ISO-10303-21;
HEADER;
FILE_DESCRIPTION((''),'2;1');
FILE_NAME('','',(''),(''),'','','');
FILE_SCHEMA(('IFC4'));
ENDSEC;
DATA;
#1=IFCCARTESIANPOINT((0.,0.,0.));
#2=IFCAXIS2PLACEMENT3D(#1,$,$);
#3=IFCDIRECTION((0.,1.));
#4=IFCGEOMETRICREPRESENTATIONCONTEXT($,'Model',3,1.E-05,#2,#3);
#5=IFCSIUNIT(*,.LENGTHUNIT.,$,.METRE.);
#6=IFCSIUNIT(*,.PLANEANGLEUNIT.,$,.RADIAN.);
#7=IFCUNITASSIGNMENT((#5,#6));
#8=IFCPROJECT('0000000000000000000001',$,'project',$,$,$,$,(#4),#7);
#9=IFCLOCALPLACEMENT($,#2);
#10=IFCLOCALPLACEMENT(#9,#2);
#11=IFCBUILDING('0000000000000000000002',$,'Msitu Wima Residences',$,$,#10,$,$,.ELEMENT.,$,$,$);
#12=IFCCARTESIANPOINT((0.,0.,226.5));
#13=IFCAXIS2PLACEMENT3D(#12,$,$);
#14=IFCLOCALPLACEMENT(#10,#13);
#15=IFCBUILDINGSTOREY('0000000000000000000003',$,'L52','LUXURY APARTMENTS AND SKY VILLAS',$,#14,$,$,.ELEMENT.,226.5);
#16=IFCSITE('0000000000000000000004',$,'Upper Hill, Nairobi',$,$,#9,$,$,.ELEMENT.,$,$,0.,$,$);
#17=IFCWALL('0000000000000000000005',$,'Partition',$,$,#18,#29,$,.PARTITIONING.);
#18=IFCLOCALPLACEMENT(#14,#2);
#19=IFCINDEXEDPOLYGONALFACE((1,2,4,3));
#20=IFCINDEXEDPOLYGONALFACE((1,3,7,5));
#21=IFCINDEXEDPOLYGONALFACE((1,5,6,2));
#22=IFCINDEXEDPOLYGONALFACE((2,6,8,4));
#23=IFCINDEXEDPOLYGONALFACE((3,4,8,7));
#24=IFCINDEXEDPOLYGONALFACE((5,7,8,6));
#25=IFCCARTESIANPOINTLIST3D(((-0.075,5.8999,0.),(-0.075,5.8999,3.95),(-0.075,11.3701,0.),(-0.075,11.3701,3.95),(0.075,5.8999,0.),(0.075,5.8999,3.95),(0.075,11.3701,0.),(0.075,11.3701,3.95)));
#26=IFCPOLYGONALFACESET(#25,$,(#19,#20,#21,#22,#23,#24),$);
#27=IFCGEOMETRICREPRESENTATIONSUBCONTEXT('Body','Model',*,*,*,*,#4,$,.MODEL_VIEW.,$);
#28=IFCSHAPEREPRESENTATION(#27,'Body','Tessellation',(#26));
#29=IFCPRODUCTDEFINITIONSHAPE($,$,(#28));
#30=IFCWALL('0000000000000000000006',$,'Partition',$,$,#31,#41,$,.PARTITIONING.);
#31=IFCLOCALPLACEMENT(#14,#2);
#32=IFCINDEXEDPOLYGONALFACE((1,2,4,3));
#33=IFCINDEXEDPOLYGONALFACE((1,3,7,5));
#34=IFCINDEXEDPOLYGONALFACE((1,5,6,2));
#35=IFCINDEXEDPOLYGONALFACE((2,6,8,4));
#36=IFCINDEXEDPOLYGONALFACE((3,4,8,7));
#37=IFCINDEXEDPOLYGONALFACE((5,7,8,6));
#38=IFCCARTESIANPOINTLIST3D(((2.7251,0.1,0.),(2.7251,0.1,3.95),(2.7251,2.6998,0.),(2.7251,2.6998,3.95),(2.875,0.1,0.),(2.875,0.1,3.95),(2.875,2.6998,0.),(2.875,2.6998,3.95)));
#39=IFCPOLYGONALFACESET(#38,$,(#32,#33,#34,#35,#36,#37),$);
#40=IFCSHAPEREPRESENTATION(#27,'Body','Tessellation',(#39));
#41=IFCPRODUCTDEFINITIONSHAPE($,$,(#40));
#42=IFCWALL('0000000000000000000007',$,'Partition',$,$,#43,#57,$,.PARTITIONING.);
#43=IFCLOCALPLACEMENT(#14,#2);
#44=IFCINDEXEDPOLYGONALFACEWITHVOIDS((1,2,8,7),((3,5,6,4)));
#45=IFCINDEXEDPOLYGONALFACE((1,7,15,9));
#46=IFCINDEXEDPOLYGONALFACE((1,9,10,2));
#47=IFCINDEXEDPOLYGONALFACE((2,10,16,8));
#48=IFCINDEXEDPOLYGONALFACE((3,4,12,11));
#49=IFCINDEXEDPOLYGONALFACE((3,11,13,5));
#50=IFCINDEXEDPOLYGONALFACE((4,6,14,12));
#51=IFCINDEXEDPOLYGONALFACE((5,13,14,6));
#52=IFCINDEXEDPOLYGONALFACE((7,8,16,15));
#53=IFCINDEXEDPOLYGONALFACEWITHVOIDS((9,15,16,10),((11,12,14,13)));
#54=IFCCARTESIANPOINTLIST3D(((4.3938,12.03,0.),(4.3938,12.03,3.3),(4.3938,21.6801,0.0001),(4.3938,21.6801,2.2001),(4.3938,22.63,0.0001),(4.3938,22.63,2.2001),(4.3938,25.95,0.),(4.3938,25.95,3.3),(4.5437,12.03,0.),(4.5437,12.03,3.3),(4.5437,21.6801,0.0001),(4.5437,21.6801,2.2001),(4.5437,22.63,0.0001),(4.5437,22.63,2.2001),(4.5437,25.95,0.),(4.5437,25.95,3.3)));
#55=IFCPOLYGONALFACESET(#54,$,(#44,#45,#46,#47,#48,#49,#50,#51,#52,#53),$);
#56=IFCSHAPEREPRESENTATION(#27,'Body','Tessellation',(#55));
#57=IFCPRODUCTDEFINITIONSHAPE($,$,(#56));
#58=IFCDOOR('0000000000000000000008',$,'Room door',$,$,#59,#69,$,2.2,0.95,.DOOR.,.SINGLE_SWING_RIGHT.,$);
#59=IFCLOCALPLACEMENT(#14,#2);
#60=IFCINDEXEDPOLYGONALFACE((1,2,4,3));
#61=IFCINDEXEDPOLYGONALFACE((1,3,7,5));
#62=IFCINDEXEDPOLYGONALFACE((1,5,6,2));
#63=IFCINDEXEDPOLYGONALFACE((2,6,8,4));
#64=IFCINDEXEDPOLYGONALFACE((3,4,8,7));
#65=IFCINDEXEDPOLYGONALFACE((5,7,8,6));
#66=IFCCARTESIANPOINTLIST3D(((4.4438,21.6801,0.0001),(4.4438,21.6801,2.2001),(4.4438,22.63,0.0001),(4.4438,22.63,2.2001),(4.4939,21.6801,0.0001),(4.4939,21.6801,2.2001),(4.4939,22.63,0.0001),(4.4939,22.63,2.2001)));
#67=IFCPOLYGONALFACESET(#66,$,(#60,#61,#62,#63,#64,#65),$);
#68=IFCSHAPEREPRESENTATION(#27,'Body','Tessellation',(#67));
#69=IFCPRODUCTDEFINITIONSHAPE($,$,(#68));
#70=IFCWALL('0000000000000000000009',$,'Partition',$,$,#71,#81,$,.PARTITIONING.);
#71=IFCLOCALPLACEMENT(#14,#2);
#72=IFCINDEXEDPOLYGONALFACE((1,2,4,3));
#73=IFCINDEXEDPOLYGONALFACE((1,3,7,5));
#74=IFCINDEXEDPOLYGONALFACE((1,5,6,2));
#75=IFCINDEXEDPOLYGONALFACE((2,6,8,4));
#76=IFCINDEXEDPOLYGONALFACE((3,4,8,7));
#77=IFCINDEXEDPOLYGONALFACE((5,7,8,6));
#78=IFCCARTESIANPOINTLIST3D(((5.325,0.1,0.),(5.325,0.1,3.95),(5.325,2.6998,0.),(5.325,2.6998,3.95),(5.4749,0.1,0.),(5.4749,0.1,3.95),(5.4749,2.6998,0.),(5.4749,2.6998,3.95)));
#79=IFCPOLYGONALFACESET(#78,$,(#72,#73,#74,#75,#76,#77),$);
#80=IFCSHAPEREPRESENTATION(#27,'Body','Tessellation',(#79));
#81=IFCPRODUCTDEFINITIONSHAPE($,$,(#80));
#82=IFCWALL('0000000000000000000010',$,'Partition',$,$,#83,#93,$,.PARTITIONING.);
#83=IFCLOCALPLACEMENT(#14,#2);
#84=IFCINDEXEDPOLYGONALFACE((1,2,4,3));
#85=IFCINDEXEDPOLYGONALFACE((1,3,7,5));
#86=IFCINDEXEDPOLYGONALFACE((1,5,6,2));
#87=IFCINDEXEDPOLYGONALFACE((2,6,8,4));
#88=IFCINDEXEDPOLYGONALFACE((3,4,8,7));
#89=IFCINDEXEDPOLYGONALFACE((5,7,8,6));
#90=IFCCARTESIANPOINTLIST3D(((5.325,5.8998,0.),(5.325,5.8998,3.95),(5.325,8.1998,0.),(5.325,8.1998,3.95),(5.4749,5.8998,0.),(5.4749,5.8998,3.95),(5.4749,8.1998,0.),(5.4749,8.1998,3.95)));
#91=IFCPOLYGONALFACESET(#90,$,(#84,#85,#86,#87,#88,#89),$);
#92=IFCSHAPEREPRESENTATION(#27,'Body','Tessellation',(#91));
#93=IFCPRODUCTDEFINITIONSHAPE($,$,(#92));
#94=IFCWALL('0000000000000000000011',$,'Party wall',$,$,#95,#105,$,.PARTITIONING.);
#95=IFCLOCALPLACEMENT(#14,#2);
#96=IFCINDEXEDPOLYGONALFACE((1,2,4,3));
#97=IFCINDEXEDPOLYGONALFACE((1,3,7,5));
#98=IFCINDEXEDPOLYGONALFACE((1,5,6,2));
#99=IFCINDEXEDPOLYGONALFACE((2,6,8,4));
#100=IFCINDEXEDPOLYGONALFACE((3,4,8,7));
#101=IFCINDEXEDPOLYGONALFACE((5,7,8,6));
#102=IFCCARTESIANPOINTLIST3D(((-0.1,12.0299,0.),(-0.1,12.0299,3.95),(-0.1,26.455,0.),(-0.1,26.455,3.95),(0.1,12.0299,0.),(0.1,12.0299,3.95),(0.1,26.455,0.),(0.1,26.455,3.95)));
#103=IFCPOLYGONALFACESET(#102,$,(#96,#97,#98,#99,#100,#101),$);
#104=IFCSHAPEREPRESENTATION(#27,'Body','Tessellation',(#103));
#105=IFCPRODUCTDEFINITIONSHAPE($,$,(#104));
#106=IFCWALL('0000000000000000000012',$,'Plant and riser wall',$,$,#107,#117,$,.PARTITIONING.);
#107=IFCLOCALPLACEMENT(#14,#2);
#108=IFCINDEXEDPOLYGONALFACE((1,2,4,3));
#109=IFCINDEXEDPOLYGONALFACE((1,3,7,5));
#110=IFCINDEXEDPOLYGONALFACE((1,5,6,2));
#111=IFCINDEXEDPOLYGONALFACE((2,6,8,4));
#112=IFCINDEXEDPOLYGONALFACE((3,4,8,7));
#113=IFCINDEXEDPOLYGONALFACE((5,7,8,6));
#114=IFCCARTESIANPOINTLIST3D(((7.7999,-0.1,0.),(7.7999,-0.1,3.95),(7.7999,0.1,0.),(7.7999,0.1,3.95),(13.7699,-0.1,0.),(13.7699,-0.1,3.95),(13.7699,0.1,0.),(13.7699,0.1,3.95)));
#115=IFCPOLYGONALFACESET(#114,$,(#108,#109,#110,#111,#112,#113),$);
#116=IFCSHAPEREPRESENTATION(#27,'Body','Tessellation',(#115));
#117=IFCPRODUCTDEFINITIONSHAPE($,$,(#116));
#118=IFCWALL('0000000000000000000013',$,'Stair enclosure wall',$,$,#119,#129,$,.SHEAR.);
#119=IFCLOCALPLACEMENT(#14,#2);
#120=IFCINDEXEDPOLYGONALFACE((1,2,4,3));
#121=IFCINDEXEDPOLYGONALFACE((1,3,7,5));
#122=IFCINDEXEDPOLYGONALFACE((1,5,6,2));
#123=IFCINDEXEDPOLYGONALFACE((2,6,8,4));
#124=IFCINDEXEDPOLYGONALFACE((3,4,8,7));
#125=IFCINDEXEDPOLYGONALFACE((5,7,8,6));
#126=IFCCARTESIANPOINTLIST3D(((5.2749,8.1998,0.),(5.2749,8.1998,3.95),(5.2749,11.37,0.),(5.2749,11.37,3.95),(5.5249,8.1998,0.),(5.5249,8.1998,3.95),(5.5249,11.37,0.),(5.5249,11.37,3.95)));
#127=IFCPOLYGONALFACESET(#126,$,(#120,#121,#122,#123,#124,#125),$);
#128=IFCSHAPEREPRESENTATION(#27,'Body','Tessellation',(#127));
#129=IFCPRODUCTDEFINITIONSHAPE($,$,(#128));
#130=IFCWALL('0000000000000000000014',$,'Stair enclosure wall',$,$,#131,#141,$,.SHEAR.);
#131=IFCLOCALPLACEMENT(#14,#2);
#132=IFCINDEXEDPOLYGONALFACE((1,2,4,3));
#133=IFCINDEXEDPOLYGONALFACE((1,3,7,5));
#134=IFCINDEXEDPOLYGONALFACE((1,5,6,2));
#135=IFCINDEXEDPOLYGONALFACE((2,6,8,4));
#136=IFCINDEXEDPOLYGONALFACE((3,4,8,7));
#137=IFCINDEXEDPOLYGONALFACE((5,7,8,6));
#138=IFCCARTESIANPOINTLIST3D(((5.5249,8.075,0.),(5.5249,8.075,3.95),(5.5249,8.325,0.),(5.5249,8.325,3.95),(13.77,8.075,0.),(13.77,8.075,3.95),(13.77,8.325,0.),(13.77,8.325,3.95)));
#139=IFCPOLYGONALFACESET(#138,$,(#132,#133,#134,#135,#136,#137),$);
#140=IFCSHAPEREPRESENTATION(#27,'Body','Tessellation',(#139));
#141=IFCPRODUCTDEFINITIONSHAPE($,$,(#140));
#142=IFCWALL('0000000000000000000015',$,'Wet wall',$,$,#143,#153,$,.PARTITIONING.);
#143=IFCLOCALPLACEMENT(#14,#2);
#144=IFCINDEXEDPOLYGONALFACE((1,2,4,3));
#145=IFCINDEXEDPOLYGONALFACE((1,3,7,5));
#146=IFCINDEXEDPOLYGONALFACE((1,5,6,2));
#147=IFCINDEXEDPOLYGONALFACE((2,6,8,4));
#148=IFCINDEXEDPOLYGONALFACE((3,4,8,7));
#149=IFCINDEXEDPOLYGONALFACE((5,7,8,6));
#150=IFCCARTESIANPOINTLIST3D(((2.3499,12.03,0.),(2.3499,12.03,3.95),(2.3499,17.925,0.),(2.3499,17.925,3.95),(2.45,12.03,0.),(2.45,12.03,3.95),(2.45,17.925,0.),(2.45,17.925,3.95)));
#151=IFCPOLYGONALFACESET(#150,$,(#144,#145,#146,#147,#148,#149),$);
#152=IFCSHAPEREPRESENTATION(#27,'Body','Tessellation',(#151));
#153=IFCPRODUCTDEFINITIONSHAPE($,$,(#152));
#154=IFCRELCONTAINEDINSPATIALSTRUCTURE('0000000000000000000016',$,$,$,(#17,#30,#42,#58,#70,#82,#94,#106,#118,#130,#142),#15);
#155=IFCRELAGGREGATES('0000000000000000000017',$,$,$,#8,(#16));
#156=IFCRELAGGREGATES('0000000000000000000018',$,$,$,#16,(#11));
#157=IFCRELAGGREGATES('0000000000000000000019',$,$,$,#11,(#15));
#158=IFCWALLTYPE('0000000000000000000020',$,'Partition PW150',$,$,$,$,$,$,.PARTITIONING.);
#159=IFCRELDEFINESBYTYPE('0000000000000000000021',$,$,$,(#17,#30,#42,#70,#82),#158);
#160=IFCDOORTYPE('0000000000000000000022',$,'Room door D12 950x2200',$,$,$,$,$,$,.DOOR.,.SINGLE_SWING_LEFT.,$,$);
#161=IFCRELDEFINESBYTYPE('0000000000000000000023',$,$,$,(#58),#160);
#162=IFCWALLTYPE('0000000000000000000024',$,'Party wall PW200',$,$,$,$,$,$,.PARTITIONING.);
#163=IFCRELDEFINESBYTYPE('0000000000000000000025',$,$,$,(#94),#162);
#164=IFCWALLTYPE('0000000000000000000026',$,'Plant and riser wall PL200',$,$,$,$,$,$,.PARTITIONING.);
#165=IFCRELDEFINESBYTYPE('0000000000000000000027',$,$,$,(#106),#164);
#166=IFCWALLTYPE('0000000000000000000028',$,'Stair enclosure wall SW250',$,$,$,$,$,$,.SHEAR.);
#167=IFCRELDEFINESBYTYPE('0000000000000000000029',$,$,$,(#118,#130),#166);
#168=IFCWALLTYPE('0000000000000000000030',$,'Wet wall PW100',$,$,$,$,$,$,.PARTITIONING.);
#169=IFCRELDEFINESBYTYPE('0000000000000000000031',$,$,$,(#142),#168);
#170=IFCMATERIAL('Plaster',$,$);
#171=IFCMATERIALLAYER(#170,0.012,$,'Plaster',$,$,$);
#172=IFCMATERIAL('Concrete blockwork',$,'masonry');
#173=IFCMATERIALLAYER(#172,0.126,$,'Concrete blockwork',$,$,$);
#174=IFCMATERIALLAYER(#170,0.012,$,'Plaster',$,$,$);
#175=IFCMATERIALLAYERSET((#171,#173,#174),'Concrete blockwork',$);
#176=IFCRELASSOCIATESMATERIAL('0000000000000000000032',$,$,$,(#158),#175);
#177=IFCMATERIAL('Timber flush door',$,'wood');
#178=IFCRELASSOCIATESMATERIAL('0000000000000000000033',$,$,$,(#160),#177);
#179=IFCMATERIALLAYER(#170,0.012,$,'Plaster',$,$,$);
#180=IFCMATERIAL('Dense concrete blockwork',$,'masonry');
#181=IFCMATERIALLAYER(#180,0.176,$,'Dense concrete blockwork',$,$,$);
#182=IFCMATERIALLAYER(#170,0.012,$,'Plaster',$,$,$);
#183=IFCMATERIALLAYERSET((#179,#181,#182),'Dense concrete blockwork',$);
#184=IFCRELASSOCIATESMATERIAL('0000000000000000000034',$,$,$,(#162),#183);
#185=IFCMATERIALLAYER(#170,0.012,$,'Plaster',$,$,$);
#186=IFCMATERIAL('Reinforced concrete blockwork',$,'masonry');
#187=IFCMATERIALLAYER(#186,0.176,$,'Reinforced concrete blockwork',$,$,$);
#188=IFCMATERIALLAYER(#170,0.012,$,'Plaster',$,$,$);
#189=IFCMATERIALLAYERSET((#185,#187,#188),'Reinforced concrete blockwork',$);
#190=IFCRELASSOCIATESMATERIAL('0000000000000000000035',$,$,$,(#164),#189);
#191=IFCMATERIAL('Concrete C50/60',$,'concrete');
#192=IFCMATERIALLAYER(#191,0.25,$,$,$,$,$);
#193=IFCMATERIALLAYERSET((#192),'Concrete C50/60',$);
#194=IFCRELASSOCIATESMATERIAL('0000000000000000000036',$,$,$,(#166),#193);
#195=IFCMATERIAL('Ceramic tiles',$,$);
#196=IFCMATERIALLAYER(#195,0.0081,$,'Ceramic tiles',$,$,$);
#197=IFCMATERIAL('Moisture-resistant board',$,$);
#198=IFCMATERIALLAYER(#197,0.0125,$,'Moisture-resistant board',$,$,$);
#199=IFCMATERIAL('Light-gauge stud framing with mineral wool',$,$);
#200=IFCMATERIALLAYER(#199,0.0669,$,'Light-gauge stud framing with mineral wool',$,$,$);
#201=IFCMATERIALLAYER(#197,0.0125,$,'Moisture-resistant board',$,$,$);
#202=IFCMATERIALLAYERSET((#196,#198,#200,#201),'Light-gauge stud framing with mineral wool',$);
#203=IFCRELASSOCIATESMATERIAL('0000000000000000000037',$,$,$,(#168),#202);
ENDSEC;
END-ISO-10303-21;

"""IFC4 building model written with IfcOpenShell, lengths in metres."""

from ifc_helpers import new_model, si_unit, direction, frame, frame_2d, origin, place, context, subcontext, project, spatial, rectangle, extrude, material, layer, layer_set, type_object, element, fill, save


model = new_model("IFC4")

# Units and contexts
model_context = context("Model", 3, precision=1e-05, world=origin(), true_north=direction((0.0, 1.0)))
body_context = subcontext(model_context, "Body", "Model", "MODEL_VIEW")
ifc_project = project(units=[si_unit("LENGTHUNIT", "METRE"), si_unit("PLANEANGLEUNIT", "RADIAN")], contexts=[model_context])

# Site, building, storey
site_placement = place(None, origin())
site = spatial("IfcSite", under=ifc_project, at=site_placement, Name="Upper Hill, Nairobi", CompositionType="ELEMENT", RefElevation=0.0)
building_placement = place(site_placement, origin())
building = spatial("IfcBuilding", under=site, at=building_placement, Name="Msitu Wima Residences", CompositionType="ELEMENT")
storey_placement = place(building_placement, frame((0.0, 0.0, 226.5)))
storey = spatial("IfcBuildingStorey", under=building, at=storey_placement, Name="L52", Description="LUXURY APARTMENTS AND SKY VILLAS", CompositionType="ELEMENT", Elevation=226.5)

# Walls
ifc_material_1 = material(Name="Plaster")
ifc_layer_1 = layer(ifc_material_1, 0.012, Name="Plaster")
ifc_material_2 = material(Name="Concrete blockwork", Category="masonry")
ifc_layer_2 = layer(ifc_material_2, 0.126, Name="Concrete blockwork")
ifc_layer_3 = layer(ifc_material_1, 0.012, Name="Plaster")
ifc_layer_set_1 = layer_set([ifc_layer_1, ifc_layer_2, ifc_layer_3], Name="Concrete blockwork")
wall_type_1 = type_object("IfcWallType", Name="Partition PW150", PredefinedType="PARTITIONING", material=ifc_layer_set_1)
wall_1_placement = place(storey_placement, frame((0.0, 5.8999, 0.0), z_axis=(0.0, 0.0, 1.0), x_axis=(0.0, 1.0, 0.0)))
element("IfcWall", 1, at=wall_1_placement, inside=storey, type_object=wall_type_1, Name="Partition", PredefinedType="PARTITIONING", context=body_context, shape_type="SweptSolid", body=[
    extrude(rectangle(XDim=5.4702, YDim=0.1499, at=frame_2d((2.7351, 0.0))), origin(), (0.0, 0.0, 1.0), 3.95),
])
wall_2_placement = place(storey_placement, frame((2.8, 0.1001, 0.0), z_axis=(0.0, 0.0, 1.0), x_axis=(0.0, 1.0, 0.0)))
element("IfcWall", 2, at=wall_2_placement, inside=storey, type_object=wall_type_1, Name="Partition", PredefinedType="PARTITIONING", context=body_context, shape_type="SweptSolid", body=[
    extrude(rectangle(XDim=2.5999, YDim=0.1499, at=frame_2d((1.2998, 0.0))), origin(), (0.0, 0.0, 1.0), 3.95),
])

# Wall, opening, door
wall_3_placement = place(storey_placement, frame((4.4688, 12.03, 0.0), z_axis=(0.0, 0.0, 1.0), x_axis=(0.0, 1.0, 0.0)))
wall_3 = element("IfcWall", 3, at=wall_3_placement, inside=storey, type_object=wall_type_1, Name="Partition", PredefinedType="PARTITIONING", context=body_context, shape_type="SweptSolid", body=[
    extrude(rectangle(XDim=13.9199, YDim=0.1499, at=frame_2d((6.96, 0.0))), origin(), (0.0, 0.0, 1.0), 3.3),
])
opening_placement = place(wall_3_placement, frame((9.6499, 0.0, 0.0)))
opening = element("IfcOpeningElement", 4, at=opening_placement, cuts=wall_3, PredefinedType="OPENING", context=body_context, shape_type="SweptSolid", body=[
    extrude(rectangle(XDim=0.95, YDim=2.2, at=frame_2d((0.4751, 1.1001))), frame((0.0, 0.085, 0.0), z_axis=(0.0, -1.0, 0.0), x_axis=(1.0, 0.0, 0.0)), (0.0, 0.0, 1.0), 0.1699),
])
ifc_material_3 = material(Name="Timber flush door", Category="wood")
door_type = type_object("IfcDoorType", Name="Room door D12 950x2200", OperationType="SINGLE_SWING_LEFT", PredefinedType="DOOR", material=ifc_material_3)
door_placement = place(opening_placement, origin())
door = element("IfcDoor", 5, at=door_placement, inside=storey, type_object=door_type, Name="Room door", OperationType="SINGLE_SWING_RIGHT", OverallHeight=2.2, OverallWidth=0.95, PredefinedType="DOOR", context=body_context, shape_type="SweptSolid", body=[
    extrude(rectangle(XDim=0.95, YDim=2.2, at=frame_2d((0.4751, 1.1001))), frame((0.0, 0.0249, 0.0), z_axis=(0.0, -1.0, 0.0), x_axis=(1.0, 0.0, 0.0)), (0.0, 0.0, 1.0), 0.05),
])
fill(opening, door)

# Walls
wall_4_placement = place(storey_placement, frame((5.3999, 0.1001, 0.0), z_axis=(0.0, 0.0, 1.0), x_axis=(0.0, 1.0, 0.0)))
element("IfcWall", 6, at=wall_4_placement, inside=storey, type_object=wall_type_1, Name="Partition", PredefinedType="PARTITIONING", context=body_context, shape_type="SweptSolid", body=[
    extrude(rectangle(XDim=2.5999, YDim=0.1499, at=frame_2d((1.2998, 0.0))), origin(), (0.0, 0.0, 1.0), 3.95),
])
wall_5_placement = place(storey_placement, frame((5.3999, 5.8999, 0.0), z_axis=(0.0, 0.0, 1.0), x_axis=(0.0, 1.0, 0.0)))
element("IfcWall", 7, at=wall_5_placement, inside=storey, type_object=wall_type_1, Name="Partition", PredefinedType="PARTITIONING", context=body_context, shape_type="SweptSolid", body=[
    extrude(rectangle(XDim=2.3, YDim=0.1499, at=frame_2d((1.1499, 0.0))), origin(), (0.0, 0.0, 1.0), 3.95),
])
ifc_layer_4 = layer(ifc_material_1, 0.012, Name="Plaster")
ifc_material_4 = material(Name="Dense concrete blockwork", Category="masonry")
ifc_layer_5 = layer(ifc_material_4, 0.176, Name="Dense concrete blockwork")
ifc_layer_6 = layer(ifc_material_1, 0.012, Name="Plaster")
ifc_layer_set_2 = layer_set([ifc_layer_4, ifc_layer_5, ifc_layer_6], Name="Dense concrete blockwork")
wall_type_2 = type_object("IfcWallType", Name="Party wall PW200", PredefinedType="PARTITIONING", material=ifc_layer_set_2)
wall_6_placement = place(storey_placement, frame((0.0, 12.03, 0.0), z_axis=(0.0, 0.0, 1.0), x_axis=(0.0, 1.0, 0.0)))
element("IfcWall", 8, at=wall_6_placement, inside=storey, type_object=wall_type_2, Name="Party wall", PredefinedType="PARTITIONING", context=body_context, shape_type="SweptSolid", body=[
    extrude(rectangle(XDim=14.425, YDim=0.2, at=frame_2d((7.2124, 0.0))), origin(), (0.0, 0.0, 1.0), 3.95),
])
ifc_layer_7 = layer(ifc_material_1, 0.012, Name="Plaster")
ifc_material_5 = material(Name="Reinforced concrete blockwork", Category="masonry")
ifc_layer_8 = layer(ifc_material_5, 0.176, Name="Reinforced concrete blockwork")
ifc_layer_9 = layer(ifc_material_1, 0.012, Name="Plaster")
ifc_layer_set_3 = layer_set([ifc_layer_7, ifc_layer_8, ifc_layer_9], Name="Reinforced concrete blockwork")
wall_type_3 = type_object("IfcWallType", Name="Plant and riser wall PL200", PredefinedType="PARTITIONING", material=ifc_layer_set_3)
wall_7_placement = place(storey_placement, frame((7.8, 0.0, 0.0), z_axis=(0.0, 0.0, 1.0), x_axis=(1.0, 0.0, 0.0)))
element("IfcWall", 9, at=wall_7_placement, inside=storey, type_object=wall_type_3, Name="Plant and riser wall", PredefinedType="PARTITIONING", context=body_context, shape_type="SweptSolid", body=[
    extrude(rectangle(XDim=5.97, YDim=0.2, at=frame_2d((2.9849, 0.0))), origin(), (0.0, 0.0, 1.0), 3.95),
])
ifc_material_6 = material(Name="Concrete C50/60", Category="concrete")
ifc_layer_10 = layer(ifc_material_6, 0.25)
ifc_layer_set_4 = layer_set([ifc_layer_10], Name="Concrete C50/60")
wall_type_4 = type_object("IfcWallType", Name="Stair enclosure wall SW250", PredefinedType="SHEAR", material=ifc_layer_set_4)
wall_8_placement = place(storey_placement, frame((5.3999, 8.2, 0.0), z_axis=(0.0, 0.0, 1.0), x_axis=(0.0, 1.0, 0.0)))
element("IfcWall", 10, at=wall_8_placement, inside=storey, type_object=wall_type_4, Name="Stair enclosure wall", PredefinedType="SHEAR", context=body_context, shape_type="SweptSolid", body=[
    extrude(rectangle(XDim=3.1702, YDim=0.25, at=frame_2d((1.585, 0.0))), origin(), (0.0, 0.0, 1.0), 3.95),
])
wall_9_placement = place(storey_placement, frame((5.5249, 8.2, 0.0), z_axis=(0.0, 0.0, 1.0), x_axis=(1.0, 0.0, 0.0)))
element("IfcWall", 11, at=wall_9_placement, inside=storey, type_object=wall_type_4, Name="Stair enclosure wall", PredefinedType="SHEAR", context=body_context, shape_type="SweptSolid", body=[
    extrude(rectangle(XDim=8.2451, YDim=0.25, at=frame_2d((4.1226, 0.0))), origin(), (0.0, 0.0, 1.0), 3.95),
])
ifc_material_7 = material(Name="Ceramic tiles")
ifc_layer_11 = layer(ifc_material_7, 0.0081, Name="Ceramic tiles")
ifc_material_8 = material(Name="Moisture-resistant board")
ifc_layer_12 = layer(ifc_material_8, 0.0125, Name="Moisture-resistant board")
ifc_material_9 = material(Name="Light-gauge stud framing with mineral wool")
ifc_layer_13 = layer(ifc_material_9, 0.0669, Name="Light-gauge stud framing with mineral wool")
ifc_layer_14 = layer(ifc_material_8, 0.0125, Name="Moisture-resistant board")
ifc_layer_set_5 = layer_set([ifc_layer_11, ifc_layer_12, ifc_layer_13, ifc_layer_14], Name="Light-gauge stud framing with mineral wool")
wall_type_5 = type_object("IfcWallType", Name="Wet wall PW100", PredefinedType="PARTITIONING", material=ifc_layer_set_5)
wall_10_placement = place(storey_placement, frame((2.3999, 12.03, 0.0), z_axis=(0.0, 0.0, 1.0), x_axis=(0.0, 1.0, 0.0)))
element("IfcWall", 12, at=wall_10_placement, inside=storey, type_object=wall_type_5, Name="Wet wall", PredefinedType="PARTITIONING", context=body_context, shape_type="SweptSolid", body=[
    extrude(rectangle(XDim=5.895, YDim=0.1001, at=frame_2d((2.9475, 0.0))), origin(), (0.0, 0.0, 1.0), 3.95),
])

save(model, "model.ifc")
